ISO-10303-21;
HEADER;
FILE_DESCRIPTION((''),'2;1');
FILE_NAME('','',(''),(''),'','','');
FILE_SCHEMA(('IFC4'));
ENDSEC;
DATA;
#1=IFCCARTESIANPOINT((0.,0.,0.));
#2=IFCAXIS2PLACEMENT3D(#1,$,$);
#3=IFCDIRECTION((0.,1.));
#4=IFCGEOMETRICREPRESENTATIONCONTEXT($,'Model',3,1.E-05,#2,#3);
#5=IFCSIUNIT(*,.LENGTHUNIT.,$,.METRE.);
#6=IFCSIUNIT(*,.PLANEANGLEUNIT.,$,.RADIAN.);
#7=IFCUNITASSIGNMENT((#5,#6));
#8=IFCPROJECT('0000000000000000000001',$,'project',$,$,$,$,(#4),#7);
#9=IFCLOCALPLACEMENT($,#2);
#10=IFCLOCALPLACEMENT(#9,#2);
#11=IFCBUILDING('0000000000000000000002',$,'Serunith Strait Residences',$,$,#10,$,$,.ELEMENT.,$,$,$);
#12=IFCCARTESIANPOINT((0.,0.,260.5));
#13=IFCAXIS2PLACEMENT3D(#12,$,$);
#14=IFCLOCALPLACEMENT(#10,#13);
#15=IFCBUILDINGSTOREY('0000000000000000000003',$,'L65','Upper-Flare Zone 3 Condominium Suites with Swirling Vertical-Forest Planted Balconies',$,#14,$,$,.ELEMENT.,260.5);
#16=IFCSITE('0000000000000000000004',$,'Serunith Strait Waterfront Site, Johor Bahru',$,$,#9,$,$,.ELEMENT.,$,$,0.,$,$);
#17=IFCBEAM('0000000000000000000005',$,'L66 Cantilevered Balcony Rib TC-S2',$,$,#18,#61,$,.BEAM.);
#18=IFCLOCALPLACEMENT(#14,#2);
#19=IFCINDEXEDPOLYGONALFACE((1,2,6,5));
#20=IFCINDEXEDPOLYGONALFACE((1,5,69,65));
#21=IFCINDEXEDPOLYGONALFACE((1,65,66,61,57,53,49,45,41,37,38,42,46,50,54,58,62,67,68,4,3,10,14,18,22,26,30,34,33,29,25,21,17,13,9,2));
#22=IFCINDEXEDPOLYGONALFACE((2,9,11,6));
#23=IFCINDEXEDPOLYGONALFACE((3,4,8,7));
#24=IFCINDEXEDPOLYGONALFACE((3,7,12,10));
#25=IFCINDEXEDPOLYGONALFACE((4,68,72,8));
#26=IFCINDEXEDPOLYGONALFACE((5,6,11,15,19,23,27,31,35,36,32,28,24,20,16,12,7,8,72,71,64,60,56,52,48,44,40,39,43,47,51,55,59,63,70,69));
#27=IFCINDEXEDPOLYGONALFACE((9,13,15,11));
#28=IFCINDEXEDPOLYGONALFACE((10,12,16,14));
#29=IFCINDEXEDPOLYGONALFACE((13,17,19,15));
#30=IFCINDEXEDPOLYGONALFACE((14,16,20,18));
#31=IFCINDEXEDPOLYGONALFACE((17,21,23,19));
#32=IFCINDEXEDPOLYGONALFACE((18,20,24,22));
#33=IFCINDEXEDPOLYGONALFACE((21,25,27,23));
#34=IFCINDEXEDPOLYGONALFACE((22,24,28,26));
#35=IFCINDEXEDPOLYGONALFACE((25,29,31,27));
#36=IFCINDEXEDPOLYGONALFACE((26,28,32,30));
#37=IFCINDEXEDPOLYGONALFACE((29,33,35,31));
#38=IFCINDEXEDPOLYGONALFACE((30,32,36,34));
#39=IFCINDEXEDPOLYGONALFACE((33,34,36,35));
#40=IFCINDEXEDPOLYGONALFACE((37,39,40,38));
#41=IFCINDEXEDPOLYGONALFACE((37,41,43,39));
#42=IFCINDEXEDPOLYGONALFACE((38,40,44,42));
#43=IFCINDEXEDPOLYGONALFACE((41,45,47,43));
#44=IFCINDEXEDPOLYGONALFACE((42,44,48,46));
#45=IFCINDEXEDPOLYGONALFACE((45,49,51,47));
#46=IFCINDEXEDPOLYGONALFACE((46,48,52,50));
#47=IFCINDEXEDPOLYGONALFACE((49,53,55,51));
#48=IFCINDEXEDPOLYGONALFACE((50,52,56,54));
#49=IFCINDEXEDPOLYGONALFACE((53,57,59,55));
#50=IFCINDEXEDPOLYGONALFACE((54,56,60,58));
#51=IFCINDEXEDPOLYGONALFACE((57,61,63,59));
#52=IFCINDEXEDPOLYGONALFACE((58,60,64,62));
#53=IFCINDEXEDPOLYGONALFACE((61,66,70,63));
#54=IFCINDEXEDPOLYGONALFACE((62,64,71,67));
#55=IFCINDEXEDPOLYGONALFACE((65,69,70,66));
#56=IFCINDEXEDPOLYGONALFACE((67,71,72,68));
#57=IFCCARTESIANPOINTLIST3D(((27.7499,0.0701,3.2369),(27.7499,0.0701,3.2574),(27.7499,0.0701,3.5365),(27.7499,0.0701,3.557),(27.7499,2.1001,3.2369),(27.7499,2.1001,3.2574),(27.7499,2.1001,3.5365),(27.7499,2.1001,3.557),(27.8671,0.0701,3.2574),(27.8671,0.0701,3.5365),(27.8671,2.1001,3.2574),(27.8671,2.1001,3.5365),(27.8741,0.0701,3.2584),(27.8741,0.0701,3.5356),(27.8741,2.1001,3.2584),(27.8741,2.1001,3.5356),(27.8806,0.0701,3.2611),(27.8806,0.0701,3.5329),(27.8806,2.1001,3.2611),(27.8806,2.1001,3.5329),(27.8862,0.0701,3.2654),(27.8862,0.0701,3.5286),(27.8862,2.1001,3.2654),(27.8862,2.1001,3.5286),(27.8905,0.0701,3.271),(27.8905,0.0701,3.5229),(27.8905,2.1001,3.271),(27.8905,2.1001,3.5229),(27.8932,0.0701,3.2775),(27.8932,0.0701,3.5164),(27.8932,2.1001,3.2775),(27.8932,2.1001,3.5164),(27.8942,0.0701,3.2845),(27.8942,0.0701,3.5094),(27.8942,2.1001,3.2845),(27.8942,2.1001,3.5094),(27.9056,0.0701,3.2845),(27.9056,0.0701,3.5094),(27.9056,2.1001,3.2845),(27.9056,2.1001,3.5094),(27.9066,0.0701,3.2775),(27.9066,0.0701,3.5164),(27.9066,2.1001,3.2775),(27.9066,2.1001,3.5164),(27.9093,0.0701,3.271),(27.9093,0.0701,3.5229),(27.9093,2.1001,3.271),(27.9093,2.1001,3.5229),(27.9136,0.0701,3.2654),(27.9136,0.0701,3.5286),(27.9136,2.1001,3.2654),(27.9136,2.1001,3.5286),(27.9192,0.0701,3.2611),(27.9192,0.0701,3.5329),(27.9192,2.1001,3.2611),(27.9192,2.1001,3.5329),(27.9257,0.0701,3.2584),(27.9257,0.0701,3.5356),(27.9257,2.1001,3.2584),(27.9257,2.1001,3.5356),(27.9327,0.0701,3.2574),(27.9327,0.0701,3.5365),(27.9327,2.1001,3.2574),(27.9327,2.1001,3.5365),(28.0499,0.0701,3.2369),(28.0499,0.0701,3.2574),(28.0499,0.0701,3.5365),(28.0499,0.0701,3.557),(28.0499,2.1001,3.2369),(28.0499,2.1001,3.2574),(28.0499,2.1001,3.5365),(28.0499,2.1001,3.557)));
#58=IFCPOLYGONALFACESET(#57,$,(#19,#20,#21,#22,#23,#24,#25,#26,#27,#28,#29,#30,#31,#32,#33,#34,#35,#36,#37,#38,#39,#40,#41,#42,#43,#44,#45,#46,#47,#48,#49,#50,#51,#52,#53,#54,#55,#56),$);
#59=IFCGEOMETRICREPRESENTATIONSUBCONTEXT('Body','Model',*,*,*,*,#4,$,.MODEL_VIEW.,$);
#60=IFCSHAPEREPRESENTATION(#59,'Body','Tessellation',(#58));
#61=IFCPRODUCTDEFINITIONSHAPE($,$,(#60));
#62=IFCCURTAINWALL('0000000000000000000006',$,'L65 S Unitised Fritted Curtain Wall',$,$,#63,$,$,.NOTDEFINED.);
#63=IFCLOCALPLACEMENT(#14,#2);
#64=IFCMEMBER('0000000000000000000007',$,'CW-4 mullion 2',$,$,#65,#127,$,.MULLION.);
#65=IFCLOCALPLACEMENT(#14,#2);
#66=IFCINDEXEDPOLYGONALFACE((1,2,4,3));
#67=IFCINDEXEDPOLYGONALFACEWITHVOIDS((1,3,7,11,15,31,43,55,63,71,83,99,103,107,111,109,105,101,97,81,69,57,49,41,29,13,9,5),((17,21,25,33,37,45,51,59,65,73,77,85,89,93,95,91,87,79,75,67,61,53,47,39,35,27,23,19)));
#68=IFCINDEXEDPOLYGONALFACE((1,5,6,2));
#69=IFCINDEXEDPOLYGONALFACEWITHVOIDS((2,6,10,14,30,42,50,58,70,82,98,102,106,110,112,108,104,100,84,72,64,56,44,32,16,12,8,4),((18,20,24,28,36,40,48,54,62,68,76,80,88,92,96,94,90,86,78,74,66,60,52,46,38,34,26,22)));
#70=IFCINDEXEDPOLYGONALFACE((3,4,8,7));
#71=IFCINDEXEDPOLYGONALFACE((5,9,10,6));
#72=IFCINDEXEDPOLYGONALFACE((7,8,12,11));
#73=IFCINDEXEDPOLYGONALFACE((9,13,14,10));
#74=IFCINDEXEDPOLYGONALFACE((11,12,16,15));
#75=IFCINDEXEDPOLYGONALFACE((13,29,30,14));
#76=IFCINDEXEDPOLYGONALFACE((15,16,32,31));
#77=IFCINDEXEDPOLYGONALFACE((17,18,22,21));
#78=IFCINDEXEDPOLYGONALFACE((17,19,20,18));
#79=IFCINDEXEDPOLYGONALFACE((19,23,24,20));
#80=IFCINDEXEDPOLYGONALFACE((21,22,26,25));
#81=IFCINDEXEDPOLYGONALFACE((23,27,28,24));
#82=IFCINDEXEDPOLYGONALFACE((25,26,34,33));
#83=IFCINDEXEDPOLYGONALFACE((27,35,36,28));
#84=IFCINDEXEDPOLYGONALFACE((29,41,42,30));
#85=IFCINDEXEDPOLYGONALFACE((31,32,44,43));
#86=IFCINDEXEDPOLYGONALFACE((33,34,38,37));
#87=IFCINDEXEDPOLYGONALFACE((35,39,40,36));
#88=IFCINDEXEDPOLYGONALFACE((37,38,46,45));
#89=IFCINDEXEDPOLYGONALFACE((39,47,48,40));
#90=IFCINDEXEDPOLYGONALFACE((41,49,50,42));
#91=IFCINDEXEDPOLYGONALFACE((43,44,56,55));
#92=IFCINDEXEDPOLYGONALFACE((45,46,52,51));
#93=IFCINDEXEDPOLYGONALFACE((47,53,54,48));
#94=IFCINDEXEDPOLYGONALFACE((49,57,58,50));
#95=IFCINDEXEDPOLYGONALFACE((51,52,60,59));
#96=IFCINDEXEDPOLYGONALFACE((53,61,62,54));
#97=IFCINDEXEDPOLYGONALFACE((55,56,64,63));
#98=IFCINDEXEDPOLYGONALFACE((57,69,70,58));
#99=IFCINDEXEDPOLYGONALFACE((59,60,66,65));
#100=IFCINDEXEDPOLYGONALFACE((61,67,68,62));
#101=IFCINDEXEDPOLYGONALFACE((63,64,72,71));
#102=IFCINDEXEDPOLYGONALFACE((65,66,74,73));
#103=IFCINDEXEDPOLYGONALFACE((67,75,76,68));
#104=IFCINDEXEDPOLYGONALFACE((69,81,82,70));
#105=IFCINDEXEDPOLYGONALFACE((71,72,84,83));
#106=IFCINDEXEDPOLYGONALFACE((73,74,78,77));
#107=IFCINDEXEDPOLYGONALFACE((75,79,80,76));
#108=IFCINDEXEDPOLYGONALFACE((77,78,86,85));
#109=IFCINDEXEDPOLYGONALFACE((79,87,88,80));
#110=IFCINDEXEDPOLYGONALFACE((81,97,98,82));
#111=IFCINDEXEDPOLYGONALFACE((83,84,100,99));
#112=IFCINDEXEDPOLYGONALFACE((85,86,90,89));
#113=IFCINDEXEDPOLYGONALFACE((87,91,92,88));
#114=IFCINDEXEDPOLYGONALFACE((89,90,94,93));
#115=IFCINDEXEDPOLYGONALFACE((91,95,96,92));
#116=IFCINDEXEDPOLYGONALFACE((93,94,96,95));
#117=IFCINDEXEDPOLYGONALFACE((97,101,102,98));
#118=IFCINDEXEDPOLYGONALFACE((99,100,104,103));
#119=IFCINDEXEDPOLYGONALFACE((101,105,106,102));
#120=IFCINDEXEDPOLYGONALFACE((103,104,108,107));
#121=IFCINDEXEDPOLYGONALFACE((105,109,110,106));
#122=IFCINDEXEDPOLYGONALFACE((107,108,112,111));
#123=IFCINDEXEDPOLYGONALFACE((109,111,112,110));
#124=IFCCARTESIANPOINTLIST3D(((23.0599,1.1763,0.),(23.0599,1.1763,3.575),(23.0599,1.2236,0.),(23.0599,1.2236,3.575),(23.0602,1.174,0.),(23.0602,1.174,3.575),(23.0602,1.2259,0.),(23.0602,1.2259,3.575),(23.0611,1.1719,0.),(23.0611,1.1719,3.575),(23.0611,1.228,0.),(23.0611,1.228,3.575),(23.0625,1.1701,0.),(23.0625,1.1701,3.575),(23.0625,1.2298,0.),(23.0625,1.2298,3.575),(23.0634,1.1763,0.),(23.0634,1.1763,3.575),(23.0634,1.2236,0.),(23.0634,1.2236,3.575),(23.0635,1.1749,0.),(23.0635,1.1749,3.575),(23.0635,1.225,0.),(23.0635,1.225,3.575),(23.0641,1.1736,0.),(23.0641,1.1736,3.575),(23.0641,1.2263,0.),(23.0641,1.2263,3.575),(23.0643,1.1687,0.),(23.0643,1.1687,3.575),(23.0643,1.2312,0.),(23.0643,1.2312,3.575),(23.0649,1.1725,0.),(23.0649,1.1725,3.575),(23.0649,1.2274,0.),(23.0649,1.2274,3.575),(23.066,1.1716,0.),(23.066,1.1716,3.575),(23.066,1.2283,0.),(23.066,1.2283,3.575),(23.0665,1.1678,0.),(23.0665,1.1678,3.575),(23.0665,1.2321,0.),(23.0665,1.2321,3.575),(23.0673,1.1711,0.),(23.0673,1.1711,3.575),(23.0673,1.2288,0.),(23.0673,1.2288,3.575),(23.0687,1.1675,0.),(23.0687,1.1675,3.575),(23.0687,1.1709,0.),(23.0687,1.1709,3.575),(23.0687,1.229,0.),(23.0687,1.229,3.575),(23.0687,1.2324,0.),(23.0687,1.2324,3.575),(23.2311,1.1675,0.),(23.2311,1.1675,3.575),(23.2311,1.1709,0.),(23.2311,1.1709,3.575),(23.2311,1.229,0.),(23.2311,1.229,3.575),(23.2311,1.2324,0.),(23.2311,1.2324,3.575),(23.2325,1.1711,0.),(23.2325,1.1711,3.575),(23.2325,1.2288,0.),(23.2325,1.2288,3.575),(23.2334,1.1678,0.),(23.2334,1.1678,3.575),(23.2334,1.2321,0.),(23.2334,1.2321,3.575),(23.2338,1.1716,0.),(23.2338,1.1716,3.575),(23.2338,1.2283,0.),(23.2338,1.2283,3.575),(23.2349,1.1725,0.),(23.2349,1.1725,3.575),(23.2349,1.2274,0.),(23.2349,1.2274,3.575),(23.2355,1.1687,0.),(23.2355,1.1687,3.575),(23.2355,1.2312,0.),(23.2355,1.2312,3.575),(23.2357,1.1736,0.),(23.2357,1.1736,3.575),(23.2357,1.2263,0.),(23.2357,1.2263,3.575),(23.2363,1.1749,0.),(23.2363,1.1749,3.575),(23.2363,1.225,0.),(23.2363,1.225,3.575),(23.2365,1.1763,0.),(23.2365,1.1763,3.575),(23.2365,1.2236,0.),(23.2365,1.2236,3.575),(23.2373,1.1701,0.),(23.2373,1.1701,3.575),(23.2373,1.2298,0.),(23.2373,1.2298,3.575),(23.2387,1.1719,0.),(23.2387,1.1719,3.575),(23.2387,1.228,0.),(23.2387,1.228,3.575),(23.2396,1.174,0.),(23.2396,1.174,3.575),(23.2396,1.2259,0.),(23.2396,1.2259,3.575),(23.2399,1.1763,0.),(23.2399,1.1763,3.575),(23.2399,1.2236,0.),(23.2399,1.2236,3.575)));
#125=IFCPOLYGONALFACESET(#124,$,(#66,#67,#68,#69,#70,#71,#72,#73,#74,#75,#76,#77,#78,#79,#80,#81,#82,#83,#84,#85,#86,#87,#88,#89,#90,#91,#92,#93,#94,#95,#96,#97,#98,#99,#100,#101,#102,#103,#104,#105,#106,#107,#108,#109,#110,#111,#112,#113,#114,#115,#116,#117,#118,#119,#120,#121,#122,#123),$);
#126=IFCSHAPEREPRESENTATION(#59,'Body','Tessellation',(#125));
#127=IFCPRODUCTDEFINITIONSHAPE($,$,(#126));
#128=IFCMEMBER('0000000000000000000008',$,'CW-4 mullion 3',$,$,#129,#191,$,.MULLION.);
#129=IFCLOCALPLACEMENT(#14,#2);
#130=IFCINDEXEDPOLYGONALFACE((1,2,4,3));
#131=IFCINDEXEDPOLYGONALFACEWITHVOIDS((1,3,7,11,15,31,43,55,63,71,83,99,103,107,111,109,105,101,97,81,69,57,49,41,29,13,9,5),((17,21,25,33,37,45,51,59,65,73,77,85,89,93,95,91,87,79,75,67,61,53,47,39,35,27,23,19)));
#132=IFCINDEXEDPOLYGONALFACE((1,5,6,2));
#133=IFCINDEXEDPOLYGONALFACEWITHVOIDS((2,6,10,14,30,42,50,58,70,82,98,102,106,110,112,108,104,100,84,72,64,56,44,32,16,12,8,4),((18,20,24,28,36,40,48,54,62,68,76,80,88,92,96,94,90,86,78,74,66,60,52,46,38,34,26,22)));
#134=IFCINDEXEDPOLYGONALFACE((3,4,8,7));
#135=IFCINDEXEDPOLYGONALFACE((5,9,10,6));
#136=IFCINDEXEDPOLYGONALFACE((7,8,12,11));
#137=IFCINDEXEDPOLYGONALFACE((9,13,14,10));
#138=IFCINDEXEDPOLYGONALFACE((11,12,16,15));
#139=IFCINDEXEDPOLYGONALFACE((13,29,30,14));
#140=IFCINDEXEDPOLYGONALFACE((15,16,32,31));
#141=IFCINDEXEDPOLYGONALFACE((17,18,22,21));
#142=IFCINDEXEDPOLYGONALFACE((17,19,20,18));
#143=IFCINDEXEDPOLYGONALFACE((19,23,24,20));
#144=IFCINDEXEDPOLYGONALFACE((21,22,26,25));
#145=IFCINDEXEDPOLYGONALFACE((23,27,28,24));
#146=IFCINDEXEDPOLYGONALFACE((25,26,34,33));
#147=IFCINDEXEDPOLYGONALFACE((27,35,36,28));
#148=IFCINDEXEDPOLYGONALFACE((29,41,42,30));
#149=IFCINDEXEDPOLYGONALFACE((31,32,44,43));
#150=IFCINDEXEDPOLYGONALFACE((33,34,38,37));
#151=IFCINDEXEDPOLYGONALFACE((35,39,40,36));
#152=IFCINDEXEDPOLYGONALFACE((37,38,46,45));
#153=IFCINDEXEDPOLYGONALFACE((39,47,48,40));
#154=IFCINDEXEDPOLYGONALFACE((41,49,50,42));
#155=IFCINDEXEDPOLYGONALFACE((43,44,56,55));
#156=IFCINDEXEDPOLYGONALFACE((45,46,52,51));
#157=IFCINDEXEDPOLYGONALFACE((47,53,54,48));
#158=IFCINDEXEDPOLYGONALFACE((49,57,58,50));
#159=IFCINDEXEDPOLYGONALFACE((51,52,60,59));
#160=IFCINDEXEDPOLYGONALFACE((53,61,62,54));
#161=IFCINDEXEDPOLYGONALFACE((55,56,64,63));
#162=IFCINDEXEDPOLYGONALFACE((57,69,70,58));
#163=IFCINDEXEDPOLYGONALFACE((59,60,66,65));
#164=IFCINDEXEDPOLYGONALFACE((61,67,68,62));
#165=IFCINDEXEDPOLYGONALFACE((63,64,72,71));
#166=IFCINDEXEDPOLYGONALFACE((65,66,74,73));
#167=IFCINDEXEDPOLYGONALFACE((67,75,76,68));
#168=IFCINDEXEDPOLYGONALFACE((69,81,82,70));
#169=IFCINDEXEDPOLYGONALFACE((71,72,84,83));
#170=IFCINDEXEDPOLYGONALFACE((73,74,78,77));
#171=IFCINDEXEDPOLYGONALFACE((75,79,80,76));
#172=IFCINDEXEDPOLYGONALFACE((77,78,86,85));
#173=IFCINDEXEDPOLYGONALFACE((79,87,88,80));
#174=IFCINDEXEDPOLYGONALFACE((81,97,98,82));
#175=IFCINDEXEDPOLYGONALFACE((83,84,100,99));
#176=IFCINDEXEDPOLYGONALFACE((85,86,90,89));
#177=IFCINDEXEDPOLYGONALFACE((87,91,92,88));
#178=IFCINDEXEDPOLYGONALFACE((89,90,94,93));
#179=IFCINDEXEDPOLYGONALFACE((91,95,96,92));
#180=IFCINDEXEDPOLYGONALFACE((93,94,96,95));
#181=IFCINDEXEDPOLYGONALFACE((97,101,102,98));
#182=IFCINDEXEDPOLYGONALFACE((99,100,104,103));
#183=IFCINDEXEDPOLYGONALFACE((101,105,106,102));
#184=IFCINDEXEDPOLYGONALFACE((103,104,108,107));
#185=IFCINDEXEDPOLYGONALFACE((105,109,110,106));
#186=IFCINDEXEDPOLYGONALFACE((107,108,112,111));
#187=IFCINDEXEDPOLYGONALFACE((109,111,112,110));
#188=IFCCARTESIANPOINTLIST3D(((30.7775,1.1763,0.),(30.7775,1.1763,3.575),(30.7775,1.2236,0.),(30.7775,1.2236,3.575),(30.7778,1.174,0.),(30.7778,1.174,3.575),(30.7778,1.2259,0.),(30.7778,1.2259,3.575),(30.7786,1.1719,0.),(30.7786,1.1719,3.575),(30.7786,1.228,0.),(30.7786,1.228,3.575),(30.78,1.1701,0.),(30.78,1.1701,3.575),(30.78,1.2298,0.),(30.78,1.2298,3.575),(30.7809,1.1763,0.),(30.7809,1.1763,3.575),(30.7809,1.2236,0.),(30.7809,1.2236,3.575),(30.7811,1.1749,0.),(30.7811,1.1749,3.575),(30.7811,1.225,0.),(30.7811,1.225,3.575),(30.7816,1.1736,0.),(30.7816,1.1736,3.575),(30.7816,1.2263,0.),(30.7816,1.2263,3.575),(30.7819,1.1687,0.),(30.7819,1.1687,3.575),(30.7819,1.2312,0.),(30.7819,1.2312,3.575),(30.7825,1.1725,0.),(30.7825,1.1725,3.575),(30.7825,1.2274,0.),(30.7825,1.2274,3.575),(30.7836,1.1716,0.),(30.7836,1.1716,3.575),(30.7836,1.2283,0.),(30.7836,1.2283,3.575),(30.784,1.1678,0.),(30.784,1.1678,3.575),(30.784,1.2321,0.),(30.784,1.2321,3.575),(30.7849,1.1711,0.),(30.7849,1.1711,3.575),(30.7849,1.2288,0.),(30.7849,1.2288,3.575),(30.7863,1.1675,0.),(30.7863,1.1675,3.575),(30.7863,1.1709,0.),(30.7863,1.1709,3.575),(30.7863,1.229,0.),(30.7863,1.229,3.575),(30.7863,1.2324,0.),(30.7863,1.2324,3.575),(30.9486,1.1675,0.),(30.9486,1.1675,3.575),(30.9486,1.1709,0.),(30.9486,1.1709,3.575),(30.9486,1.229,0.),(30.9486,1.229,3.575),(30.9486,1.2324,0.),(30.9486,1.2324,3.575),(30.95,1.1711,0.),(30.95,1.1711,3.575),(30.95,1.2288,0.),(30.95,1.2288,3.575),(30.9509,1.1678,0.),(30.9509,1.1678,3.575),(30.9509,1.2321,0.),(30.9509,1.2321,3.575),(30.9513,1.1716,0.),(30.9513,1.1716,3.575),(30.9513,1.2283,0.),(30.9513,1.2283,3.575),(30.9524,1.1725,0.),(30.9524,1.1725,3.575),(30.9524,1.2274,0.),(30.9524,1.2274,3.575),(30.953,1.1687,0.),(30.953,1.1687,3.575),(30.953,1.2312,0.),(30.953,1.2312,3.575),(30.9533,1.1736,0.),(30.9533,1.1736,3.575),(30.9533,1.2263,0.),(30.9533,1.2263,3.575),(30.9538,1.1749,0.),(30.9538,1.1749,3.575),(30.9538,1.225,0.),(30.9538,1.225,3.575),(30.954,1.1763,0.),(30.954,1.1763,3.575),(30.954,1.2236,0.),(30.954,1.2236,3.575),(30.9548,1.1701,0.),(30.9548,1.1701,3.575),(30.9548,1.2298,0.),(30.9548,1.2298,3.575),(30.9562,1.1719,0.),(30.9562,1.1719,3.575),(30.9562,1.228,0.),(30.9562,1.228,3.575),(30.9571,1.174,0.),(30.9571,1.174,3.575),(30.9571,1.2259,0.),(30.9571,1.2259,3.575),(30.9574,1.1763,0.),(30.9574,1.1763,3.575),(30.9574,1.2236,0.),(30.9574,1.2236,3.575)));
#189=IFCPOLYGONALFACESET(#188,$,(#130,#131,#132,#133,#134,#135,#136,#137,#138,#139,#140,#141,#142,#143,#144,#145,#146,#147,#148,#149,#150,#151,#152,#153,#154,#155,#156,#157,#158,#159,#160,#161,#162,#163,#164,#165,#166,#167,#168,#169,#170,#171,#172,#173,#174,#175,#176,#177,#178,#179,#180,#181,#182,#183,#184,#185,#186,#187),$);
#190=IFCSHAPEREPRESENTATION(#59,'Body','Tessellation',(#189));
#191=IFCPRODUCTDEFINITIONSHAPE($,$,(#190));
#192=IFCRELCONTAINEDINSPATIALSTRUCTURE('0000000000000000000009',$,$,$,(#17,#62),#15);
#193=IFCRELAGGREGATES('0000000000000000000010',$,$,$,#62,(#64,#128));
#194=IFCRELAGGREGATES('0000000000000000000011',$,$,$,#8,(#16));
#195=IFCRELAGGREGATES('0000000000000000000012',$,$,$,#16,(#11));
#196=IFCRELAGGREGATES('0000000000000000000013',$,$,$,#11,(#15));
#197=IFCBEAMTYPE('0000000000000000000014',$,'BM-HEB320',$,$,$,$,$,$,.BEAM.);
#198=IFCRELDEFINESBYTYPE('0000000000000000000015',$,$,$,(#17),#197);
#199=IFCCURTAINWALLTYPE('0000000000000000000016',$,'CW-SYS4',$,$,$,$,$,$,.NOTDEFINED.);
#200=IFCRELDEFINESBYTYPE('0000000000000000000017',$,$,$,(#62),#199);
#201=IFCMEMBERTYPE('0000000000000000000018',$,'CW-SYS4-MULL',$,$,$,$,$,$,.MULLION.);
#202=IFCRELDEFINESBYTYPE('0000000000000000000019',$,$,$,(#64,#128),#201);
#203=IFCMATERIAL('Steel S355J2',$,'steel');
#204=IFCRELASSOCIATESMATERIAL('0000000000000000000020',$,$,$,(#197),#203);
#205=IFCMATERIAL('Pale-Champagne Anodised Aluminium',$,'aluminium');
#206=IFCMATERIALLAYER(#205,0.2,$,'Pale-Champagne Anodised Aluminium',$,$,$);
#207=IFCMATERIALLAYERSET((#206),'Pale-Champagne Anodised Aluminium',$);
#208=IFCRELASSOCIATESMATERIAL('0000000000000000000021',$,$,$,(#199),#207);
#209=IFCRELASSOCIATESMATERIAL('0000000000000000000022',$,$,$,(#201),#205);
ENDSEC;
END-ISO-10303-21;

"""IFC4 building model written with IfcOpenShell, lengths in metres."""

from ifc_helpers import new_model, si_unit, direction, frame, origin, origin_2d, place, context, subcontext, project, spatial, hollow_rectangle, i_section, extrude, source, transform, mapped, material, layer, layer_set, material_profile, profile_set, type_object, element, aggregate, save


model = new_model("IFC4")

# Units and contexts
model_context = context("Model", 3, precision=1e-05, world=origin(), true_north=direction((0.0, 1.0)))
body_context = subcontext(model_context, "Body", "Model", "MODEL_VIEW")
ifc_project = project(units=[si_unit("LENGTHUNIT", "METRE"), si_unit("PLANEANGLEUNIT", "RADIAN")], contexts=[model_context])

# Site, building, storey
site_placement = place(None, origin())
site = spatial("IfcSite", under=ifc_project, at=site_placement, Name="Serunith Strait Waterfront Site, Johor Bahru", CompositionType="ELEMENT", RefElevation=0.0)
building_placement = place(site_placement, origin())
building = spatial("IfcBuilding", under=site, at=building_placement, Name="Serunith Strait Residences", CompositionType="ELEMENT")
storey_placement = place(building_placement, frame((0.0, 0.0, 260.5)))
storey = spatial("IfcBuildingStorey", under=building, at=storey_placement, Name="L65", Description="Upper-Flare Zone 3 Condominium Suites with Swirling Vertical-Forest Planted Balconies", CompositionType="ELEMENT", Elevation=260.5)

# Beam
ifc_material_1 = material(Name="Steel S355J2", Category="steel")
ifc_material_profile_1 = material_profile(ifc_material_1, i_section(OverallWidth=0.3, OverallDepth=0.3201, WebThickness=0.0115, FlangeThickness=0.0205, FilletRadius=0.0271, at=origin_2d()), Name="HEB 320")
ifc_profile_set_1 = profile_set([ifc_material_profile_1], Name="Steel S355J2")
beam_type_1 = type_object("IfcBeamType", Name="BM-HEB320", PredefinedType="BEAM", material=ifc_profile_set_1)
shared_shape_1 = source(origin(), body_context, "Body", "SweptSolid", [
    extrude(i_section(OverallWidth=0.3, OverallDepth=0.3201, WebThickness=0.0115, FlangeThickness=0.0205, FilletRadius=0.0271, at=origin_2d()), origin(), (0.0, 0.0, 1.0), 2.03),
])
beam_1_placement = place(storey_placement, frame((27.8999, 2.1001, 3.397), z_axis=(0.0, -1.0, 0.0), x_axis=(1.0, 0.0, 0.0)))
element("IfcBeam", 1, at=beam_1_placement, inside=storey, type_object=beam_type_1, Name="L66 Cantilevered Balcony Rib TC-S2", PredefinedType="BEAM", context=body_context, shape_type="MappedRepresentation", body=[
    mapped(shared_shape_1, transform((0.0, 0.0, 0.0), scale=1.0)),
])

# Curtain wall, members
ifc_material_2 = material(Name="Pale-Champagne Anodised Aluminium", Category="aluminium")
ifc_layer_1 = layer(ifc_material_2, 0.2, Name="Pale-Champagne Anodised Aluminium")
ifc_layer_set_1 = layer_set([ifc_layer_1], Name="Pale-Champagne Anodised Aluminium")
curtain_wall_type = type_object("IfcCurtainWallType", Name="CW-SYS4", PredefinedType="NOTDEFINED", material=ifc_layer_set_1)
curtain_wall_placement = place(storey_placement, origin())
curtain_wall = element("IfcCurtainWall", 2, at=curtain_wall_placement, inside=storey, type_object=curtain_wall_type, Name="L65 S Unitised Fritted Curtain Wall", PredefinedType="NOTDEFINED")
ifc_material_profile_2 = material_profile(ifc_material_2, hollow_rectangle(XDim=0.0649, YDim=0.1799, WallThickness=0.0034, InnerFilletRadius=0.0054, OuterFilletRadius=0.0088, at=origin_2d()), Name="ALU 180x65x3.5")
ifc_profile_set_2 = profile_set([ifc_material_profile_2], Name="Pale-Champagne Anodised Aluminium")
member_type_1 = type_object("IfcMemberType", Name="CW-SYS4-MULL", PredefinedType="MULLION", material=ifc_profile_set_2)
shared_shape_2 = source(origin(), body_context, "Body", "SweptSolid", [
    extrude(hollow_rectangle(XDim=0.0649, YDim=0.1799, WallThickness=0.0034, InnerFilletRadius=0.0054, OuterFilletRadius=0.0088, at=origin_2d()), origin(), (0.0, 0.0, 1.0), 3.575),
])
member_1_placement = place(storey_placement, frame((23.1499, 1.2, 0.0), z_axis=(0.0, 0.0, 1.0), x_axis=(0.0, 1.0, 0.0)))
member_1 = element("IfcMember", 3, at=member_1_placement, type_object=member_type_1, Name="CW-4 mullion 2", PredefinedType="MULLION", context=body_context, shape_type="MappedRepresentation", body=[
    mapped(shared_shape_2, transform((0.0, 0.0, 0.0), scale=1.0)),
])
member_2_placement = place(storey_placement, frame((30.8674, 1.2, 0.0), z_axis=(0.0, 0.0, 1.0), x_axis=(0.0, 1.0, 0.0)))
member_2 = element("IfcMember", 4, at=member_2_placement, type_object=member_type_1, Name="CW-4 mullion 3", PredefinedType="MULLION", context=body_context, shape_type="MappedRepresentation", body=[
    mapped(shared_shape_2, transform((0.0, 0.0, 0.0), scale=1.0)),
])
aggregate(curtain_wall, [member_1, member_2])

save(model, "model.ifc")
